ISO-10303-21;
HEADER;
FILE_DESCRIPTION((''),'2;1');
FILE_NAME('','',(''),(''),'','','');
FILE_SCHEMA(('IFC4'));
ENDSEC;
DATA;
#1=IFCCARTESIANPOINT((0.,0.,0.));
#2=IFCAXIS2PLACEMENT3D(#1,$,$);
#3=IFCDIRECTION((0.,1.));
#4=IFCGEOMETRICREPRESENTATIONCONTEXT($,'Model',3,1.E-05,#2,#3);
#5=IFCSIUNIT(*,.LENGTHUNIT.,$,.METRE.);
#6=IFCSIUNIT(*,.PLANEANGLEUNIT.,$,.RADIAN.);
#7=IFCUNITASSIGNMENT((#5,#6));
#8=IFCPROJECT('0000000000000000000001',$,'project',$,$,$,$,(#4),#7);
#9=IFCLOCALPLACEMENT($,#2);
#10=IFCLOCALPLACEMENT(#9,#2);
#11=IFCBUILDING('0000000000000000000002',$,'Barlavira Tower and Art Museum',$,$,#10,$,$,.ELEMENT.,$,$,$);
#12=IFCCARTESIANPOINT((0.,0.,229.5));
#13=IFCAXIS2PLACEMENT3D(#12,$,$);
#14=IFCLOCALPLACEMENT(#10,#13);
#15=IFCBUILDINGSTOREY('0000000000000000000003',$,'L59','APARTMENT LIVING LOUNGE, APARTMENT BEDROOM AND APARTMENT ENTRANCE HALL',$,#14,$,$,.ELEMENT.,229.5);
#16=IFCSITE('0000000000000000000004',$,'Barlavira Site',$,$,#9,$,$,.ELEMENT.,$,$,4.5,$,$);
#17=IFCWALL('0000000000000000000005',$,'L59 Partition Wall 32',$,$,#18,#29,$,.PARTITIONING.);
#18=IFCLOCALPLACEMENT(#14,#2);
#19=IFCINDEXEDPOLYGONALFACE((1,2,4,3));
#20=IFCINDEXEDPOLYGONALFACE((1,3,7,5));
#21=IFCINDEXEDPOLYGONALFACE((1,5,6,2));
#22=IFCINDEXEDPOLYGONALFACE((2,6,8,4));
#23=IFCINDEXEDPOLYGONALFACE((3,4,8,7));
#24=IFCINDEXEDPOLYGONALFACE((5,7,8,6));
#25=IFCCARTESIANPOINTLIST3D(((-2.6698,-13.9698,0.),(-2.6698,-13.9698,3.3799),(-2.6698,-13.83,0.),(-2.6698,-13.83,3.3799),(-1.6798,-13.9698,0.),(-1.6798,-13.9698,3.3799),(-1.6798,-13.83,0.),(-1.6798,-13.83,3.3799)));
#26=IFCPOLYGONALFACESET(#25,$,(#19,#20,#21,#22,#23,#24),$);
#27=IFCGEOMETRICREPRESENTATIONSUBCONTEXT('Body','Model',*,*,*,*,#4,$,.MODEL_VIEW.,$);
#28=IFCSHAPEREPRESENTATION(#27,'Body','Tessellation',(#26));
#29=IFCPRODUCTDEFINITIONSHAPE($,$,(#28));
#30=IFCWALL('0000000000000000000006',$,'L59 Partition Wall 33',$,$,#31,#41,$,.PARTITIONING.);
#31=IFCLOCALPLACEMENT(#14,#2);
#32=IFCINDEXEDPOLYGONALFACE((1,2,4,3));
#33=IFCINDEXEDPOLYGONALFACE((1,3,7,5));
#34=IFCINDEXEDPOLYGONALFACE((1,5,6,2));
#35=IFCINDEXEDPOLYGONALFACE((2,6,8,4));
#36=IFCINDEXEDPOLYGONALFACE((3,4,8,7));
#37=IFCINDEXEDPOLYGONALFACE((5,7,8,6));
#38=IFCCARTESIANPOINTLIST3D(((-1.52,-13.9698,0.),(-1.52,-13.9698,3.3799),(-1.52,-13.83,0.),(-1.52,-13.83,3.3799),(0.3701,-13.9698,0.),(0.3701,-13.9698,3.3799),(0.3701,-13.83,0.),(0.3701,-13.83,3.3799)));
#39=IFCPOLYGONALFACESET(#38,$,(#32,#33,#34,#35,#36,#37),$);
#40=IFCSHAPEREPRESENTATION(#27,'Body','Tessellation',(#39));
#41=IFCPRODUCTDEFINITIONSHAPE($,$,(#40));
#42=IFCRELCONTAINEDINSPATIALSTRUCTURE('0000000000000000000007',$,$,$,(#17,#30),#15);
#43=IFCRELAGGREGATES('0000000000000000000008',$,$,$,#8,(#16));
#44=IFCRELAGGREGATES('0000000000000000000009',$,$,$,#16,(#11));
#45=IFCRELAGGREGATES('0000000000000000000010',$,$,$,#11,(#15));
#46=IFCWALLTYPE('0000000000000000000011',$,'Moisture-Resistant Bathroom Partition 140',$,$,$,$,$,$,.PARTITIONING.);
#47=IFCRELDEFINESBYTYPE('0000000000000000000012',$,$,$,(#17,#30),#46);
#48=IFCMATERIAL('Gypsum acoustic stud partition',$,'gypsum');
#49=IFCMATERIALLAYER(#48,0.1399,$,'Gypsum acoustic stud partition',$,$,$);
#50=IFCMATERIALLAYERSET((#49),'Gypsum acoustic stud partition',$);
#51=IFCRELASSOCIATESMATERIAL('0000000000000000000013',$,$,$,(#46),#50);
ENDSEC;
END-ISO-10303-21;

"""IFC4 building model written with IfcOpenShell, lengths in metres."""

from ifc_helpers import new_model, si_unit, direction, frame, frame_2d, origin, place, context, subcontext, project, spatial, rectangle, extrude, material, layer, layer_set, type_object, element, save


model = new_model("IFC4")

# Units and contexts
model_context = context("Model", 3, precision=1e-05, world=origin(), true_north=direction((0.0, 1.0)))
body_context = subcontext(model_context, "Body", "Model", "MODEL_VIEW")
ifc_project = project(units=[si_unit("LENGTHUNIT", "METRE"), si_unit("PLANEANGLEUNIT", "RADIAN")], contexts=[model_context])

# Site, building, storey
site_placement = place(None, origin())
site = spatial("IfcSite", under=ifc_project, at=site_placement, Name="Barlavira Site", CompositionType="ELEMENT", RefElevation=4.5)
building_placement = place(site_placement, origin())
building = spatial("IfcBuilding", under=site, at=building_placement, Name="Barlavira Tower and Art Museum", CompositionType="ELEMENT")
storey_placement = place(building_placement, frame((0.0, 0.0, 229.5)))
storey = spatial("IfcBuildingStorey", under=building, at=storey_placement, Name="L59", Description="APARTMENT LIVING LOUNGE, APARTMENT BEDROOM AND APARTMENT ENTRANCE HALL", CompositionType="ELEMENT", Elevation=229.5)

# Shared definitions
ifc_material_1 = material(Name="Gypsum acoustic stud partition", Category="gypsum")

# Shared definitions
ifc_layer_1 = layer(ifc_material_1, 0.1399, Name="Gypsum acoustic stud partition")
ifc_layer_set_1 = layer_set([ifc_layer_1], Name="Gypsum acoustic stud partition")
wall_type_1 = type_object("IfcWallType", Name="Moisture-Resistant Bathroom Partition 140", PredefinedType="PARTITIONING", material=ifc_layer_set_1)

# Walls
wall_1_placement = place(storey_placement, frame((-2.6699, -13.8999, 0.0), z_axis=(0.0, 0.0, 1.0), x_axis=(1.0, 0.0, 0.0)))
element("IfcWall", 1, at=wall_1_placement, inside=storey, type_object=wall_type_1, Name="L59 Partition Wall 32", PredefinedType="PARTITIONING", context=body_context, shape_type="SweptSolid", body=[
    extrude(rectangle(XDim=0.99, YDim=0.1399, at=frame_2d((0.4951, 0.0))), origin(), (0.0, 0.0, 1.0), 3.3799),
])
wall_2_placement = place(storey_placement, frame((-1.52, -13.8999, 0.0), z_axis=(0.0, 0.0, 1.0), x_axis=(1.0, 0.0, 0.0)))
element("IfcWall", 2, at=wall_2_placement, inside=storey, type_object=wall_type_1, Name="L59 Partition Wall 33", PredefinedType="PARTITIONING", context=body_context, shape_type="SweptSolid", body=[
    extrude(rectangle(XDim=1.8901, YDim=0.1399, at=frame_2d((0.9451, 0.0))), origin(), (0.0, 0.0, 1.0), 3.3799),
])

save(model, "model.ifc")
